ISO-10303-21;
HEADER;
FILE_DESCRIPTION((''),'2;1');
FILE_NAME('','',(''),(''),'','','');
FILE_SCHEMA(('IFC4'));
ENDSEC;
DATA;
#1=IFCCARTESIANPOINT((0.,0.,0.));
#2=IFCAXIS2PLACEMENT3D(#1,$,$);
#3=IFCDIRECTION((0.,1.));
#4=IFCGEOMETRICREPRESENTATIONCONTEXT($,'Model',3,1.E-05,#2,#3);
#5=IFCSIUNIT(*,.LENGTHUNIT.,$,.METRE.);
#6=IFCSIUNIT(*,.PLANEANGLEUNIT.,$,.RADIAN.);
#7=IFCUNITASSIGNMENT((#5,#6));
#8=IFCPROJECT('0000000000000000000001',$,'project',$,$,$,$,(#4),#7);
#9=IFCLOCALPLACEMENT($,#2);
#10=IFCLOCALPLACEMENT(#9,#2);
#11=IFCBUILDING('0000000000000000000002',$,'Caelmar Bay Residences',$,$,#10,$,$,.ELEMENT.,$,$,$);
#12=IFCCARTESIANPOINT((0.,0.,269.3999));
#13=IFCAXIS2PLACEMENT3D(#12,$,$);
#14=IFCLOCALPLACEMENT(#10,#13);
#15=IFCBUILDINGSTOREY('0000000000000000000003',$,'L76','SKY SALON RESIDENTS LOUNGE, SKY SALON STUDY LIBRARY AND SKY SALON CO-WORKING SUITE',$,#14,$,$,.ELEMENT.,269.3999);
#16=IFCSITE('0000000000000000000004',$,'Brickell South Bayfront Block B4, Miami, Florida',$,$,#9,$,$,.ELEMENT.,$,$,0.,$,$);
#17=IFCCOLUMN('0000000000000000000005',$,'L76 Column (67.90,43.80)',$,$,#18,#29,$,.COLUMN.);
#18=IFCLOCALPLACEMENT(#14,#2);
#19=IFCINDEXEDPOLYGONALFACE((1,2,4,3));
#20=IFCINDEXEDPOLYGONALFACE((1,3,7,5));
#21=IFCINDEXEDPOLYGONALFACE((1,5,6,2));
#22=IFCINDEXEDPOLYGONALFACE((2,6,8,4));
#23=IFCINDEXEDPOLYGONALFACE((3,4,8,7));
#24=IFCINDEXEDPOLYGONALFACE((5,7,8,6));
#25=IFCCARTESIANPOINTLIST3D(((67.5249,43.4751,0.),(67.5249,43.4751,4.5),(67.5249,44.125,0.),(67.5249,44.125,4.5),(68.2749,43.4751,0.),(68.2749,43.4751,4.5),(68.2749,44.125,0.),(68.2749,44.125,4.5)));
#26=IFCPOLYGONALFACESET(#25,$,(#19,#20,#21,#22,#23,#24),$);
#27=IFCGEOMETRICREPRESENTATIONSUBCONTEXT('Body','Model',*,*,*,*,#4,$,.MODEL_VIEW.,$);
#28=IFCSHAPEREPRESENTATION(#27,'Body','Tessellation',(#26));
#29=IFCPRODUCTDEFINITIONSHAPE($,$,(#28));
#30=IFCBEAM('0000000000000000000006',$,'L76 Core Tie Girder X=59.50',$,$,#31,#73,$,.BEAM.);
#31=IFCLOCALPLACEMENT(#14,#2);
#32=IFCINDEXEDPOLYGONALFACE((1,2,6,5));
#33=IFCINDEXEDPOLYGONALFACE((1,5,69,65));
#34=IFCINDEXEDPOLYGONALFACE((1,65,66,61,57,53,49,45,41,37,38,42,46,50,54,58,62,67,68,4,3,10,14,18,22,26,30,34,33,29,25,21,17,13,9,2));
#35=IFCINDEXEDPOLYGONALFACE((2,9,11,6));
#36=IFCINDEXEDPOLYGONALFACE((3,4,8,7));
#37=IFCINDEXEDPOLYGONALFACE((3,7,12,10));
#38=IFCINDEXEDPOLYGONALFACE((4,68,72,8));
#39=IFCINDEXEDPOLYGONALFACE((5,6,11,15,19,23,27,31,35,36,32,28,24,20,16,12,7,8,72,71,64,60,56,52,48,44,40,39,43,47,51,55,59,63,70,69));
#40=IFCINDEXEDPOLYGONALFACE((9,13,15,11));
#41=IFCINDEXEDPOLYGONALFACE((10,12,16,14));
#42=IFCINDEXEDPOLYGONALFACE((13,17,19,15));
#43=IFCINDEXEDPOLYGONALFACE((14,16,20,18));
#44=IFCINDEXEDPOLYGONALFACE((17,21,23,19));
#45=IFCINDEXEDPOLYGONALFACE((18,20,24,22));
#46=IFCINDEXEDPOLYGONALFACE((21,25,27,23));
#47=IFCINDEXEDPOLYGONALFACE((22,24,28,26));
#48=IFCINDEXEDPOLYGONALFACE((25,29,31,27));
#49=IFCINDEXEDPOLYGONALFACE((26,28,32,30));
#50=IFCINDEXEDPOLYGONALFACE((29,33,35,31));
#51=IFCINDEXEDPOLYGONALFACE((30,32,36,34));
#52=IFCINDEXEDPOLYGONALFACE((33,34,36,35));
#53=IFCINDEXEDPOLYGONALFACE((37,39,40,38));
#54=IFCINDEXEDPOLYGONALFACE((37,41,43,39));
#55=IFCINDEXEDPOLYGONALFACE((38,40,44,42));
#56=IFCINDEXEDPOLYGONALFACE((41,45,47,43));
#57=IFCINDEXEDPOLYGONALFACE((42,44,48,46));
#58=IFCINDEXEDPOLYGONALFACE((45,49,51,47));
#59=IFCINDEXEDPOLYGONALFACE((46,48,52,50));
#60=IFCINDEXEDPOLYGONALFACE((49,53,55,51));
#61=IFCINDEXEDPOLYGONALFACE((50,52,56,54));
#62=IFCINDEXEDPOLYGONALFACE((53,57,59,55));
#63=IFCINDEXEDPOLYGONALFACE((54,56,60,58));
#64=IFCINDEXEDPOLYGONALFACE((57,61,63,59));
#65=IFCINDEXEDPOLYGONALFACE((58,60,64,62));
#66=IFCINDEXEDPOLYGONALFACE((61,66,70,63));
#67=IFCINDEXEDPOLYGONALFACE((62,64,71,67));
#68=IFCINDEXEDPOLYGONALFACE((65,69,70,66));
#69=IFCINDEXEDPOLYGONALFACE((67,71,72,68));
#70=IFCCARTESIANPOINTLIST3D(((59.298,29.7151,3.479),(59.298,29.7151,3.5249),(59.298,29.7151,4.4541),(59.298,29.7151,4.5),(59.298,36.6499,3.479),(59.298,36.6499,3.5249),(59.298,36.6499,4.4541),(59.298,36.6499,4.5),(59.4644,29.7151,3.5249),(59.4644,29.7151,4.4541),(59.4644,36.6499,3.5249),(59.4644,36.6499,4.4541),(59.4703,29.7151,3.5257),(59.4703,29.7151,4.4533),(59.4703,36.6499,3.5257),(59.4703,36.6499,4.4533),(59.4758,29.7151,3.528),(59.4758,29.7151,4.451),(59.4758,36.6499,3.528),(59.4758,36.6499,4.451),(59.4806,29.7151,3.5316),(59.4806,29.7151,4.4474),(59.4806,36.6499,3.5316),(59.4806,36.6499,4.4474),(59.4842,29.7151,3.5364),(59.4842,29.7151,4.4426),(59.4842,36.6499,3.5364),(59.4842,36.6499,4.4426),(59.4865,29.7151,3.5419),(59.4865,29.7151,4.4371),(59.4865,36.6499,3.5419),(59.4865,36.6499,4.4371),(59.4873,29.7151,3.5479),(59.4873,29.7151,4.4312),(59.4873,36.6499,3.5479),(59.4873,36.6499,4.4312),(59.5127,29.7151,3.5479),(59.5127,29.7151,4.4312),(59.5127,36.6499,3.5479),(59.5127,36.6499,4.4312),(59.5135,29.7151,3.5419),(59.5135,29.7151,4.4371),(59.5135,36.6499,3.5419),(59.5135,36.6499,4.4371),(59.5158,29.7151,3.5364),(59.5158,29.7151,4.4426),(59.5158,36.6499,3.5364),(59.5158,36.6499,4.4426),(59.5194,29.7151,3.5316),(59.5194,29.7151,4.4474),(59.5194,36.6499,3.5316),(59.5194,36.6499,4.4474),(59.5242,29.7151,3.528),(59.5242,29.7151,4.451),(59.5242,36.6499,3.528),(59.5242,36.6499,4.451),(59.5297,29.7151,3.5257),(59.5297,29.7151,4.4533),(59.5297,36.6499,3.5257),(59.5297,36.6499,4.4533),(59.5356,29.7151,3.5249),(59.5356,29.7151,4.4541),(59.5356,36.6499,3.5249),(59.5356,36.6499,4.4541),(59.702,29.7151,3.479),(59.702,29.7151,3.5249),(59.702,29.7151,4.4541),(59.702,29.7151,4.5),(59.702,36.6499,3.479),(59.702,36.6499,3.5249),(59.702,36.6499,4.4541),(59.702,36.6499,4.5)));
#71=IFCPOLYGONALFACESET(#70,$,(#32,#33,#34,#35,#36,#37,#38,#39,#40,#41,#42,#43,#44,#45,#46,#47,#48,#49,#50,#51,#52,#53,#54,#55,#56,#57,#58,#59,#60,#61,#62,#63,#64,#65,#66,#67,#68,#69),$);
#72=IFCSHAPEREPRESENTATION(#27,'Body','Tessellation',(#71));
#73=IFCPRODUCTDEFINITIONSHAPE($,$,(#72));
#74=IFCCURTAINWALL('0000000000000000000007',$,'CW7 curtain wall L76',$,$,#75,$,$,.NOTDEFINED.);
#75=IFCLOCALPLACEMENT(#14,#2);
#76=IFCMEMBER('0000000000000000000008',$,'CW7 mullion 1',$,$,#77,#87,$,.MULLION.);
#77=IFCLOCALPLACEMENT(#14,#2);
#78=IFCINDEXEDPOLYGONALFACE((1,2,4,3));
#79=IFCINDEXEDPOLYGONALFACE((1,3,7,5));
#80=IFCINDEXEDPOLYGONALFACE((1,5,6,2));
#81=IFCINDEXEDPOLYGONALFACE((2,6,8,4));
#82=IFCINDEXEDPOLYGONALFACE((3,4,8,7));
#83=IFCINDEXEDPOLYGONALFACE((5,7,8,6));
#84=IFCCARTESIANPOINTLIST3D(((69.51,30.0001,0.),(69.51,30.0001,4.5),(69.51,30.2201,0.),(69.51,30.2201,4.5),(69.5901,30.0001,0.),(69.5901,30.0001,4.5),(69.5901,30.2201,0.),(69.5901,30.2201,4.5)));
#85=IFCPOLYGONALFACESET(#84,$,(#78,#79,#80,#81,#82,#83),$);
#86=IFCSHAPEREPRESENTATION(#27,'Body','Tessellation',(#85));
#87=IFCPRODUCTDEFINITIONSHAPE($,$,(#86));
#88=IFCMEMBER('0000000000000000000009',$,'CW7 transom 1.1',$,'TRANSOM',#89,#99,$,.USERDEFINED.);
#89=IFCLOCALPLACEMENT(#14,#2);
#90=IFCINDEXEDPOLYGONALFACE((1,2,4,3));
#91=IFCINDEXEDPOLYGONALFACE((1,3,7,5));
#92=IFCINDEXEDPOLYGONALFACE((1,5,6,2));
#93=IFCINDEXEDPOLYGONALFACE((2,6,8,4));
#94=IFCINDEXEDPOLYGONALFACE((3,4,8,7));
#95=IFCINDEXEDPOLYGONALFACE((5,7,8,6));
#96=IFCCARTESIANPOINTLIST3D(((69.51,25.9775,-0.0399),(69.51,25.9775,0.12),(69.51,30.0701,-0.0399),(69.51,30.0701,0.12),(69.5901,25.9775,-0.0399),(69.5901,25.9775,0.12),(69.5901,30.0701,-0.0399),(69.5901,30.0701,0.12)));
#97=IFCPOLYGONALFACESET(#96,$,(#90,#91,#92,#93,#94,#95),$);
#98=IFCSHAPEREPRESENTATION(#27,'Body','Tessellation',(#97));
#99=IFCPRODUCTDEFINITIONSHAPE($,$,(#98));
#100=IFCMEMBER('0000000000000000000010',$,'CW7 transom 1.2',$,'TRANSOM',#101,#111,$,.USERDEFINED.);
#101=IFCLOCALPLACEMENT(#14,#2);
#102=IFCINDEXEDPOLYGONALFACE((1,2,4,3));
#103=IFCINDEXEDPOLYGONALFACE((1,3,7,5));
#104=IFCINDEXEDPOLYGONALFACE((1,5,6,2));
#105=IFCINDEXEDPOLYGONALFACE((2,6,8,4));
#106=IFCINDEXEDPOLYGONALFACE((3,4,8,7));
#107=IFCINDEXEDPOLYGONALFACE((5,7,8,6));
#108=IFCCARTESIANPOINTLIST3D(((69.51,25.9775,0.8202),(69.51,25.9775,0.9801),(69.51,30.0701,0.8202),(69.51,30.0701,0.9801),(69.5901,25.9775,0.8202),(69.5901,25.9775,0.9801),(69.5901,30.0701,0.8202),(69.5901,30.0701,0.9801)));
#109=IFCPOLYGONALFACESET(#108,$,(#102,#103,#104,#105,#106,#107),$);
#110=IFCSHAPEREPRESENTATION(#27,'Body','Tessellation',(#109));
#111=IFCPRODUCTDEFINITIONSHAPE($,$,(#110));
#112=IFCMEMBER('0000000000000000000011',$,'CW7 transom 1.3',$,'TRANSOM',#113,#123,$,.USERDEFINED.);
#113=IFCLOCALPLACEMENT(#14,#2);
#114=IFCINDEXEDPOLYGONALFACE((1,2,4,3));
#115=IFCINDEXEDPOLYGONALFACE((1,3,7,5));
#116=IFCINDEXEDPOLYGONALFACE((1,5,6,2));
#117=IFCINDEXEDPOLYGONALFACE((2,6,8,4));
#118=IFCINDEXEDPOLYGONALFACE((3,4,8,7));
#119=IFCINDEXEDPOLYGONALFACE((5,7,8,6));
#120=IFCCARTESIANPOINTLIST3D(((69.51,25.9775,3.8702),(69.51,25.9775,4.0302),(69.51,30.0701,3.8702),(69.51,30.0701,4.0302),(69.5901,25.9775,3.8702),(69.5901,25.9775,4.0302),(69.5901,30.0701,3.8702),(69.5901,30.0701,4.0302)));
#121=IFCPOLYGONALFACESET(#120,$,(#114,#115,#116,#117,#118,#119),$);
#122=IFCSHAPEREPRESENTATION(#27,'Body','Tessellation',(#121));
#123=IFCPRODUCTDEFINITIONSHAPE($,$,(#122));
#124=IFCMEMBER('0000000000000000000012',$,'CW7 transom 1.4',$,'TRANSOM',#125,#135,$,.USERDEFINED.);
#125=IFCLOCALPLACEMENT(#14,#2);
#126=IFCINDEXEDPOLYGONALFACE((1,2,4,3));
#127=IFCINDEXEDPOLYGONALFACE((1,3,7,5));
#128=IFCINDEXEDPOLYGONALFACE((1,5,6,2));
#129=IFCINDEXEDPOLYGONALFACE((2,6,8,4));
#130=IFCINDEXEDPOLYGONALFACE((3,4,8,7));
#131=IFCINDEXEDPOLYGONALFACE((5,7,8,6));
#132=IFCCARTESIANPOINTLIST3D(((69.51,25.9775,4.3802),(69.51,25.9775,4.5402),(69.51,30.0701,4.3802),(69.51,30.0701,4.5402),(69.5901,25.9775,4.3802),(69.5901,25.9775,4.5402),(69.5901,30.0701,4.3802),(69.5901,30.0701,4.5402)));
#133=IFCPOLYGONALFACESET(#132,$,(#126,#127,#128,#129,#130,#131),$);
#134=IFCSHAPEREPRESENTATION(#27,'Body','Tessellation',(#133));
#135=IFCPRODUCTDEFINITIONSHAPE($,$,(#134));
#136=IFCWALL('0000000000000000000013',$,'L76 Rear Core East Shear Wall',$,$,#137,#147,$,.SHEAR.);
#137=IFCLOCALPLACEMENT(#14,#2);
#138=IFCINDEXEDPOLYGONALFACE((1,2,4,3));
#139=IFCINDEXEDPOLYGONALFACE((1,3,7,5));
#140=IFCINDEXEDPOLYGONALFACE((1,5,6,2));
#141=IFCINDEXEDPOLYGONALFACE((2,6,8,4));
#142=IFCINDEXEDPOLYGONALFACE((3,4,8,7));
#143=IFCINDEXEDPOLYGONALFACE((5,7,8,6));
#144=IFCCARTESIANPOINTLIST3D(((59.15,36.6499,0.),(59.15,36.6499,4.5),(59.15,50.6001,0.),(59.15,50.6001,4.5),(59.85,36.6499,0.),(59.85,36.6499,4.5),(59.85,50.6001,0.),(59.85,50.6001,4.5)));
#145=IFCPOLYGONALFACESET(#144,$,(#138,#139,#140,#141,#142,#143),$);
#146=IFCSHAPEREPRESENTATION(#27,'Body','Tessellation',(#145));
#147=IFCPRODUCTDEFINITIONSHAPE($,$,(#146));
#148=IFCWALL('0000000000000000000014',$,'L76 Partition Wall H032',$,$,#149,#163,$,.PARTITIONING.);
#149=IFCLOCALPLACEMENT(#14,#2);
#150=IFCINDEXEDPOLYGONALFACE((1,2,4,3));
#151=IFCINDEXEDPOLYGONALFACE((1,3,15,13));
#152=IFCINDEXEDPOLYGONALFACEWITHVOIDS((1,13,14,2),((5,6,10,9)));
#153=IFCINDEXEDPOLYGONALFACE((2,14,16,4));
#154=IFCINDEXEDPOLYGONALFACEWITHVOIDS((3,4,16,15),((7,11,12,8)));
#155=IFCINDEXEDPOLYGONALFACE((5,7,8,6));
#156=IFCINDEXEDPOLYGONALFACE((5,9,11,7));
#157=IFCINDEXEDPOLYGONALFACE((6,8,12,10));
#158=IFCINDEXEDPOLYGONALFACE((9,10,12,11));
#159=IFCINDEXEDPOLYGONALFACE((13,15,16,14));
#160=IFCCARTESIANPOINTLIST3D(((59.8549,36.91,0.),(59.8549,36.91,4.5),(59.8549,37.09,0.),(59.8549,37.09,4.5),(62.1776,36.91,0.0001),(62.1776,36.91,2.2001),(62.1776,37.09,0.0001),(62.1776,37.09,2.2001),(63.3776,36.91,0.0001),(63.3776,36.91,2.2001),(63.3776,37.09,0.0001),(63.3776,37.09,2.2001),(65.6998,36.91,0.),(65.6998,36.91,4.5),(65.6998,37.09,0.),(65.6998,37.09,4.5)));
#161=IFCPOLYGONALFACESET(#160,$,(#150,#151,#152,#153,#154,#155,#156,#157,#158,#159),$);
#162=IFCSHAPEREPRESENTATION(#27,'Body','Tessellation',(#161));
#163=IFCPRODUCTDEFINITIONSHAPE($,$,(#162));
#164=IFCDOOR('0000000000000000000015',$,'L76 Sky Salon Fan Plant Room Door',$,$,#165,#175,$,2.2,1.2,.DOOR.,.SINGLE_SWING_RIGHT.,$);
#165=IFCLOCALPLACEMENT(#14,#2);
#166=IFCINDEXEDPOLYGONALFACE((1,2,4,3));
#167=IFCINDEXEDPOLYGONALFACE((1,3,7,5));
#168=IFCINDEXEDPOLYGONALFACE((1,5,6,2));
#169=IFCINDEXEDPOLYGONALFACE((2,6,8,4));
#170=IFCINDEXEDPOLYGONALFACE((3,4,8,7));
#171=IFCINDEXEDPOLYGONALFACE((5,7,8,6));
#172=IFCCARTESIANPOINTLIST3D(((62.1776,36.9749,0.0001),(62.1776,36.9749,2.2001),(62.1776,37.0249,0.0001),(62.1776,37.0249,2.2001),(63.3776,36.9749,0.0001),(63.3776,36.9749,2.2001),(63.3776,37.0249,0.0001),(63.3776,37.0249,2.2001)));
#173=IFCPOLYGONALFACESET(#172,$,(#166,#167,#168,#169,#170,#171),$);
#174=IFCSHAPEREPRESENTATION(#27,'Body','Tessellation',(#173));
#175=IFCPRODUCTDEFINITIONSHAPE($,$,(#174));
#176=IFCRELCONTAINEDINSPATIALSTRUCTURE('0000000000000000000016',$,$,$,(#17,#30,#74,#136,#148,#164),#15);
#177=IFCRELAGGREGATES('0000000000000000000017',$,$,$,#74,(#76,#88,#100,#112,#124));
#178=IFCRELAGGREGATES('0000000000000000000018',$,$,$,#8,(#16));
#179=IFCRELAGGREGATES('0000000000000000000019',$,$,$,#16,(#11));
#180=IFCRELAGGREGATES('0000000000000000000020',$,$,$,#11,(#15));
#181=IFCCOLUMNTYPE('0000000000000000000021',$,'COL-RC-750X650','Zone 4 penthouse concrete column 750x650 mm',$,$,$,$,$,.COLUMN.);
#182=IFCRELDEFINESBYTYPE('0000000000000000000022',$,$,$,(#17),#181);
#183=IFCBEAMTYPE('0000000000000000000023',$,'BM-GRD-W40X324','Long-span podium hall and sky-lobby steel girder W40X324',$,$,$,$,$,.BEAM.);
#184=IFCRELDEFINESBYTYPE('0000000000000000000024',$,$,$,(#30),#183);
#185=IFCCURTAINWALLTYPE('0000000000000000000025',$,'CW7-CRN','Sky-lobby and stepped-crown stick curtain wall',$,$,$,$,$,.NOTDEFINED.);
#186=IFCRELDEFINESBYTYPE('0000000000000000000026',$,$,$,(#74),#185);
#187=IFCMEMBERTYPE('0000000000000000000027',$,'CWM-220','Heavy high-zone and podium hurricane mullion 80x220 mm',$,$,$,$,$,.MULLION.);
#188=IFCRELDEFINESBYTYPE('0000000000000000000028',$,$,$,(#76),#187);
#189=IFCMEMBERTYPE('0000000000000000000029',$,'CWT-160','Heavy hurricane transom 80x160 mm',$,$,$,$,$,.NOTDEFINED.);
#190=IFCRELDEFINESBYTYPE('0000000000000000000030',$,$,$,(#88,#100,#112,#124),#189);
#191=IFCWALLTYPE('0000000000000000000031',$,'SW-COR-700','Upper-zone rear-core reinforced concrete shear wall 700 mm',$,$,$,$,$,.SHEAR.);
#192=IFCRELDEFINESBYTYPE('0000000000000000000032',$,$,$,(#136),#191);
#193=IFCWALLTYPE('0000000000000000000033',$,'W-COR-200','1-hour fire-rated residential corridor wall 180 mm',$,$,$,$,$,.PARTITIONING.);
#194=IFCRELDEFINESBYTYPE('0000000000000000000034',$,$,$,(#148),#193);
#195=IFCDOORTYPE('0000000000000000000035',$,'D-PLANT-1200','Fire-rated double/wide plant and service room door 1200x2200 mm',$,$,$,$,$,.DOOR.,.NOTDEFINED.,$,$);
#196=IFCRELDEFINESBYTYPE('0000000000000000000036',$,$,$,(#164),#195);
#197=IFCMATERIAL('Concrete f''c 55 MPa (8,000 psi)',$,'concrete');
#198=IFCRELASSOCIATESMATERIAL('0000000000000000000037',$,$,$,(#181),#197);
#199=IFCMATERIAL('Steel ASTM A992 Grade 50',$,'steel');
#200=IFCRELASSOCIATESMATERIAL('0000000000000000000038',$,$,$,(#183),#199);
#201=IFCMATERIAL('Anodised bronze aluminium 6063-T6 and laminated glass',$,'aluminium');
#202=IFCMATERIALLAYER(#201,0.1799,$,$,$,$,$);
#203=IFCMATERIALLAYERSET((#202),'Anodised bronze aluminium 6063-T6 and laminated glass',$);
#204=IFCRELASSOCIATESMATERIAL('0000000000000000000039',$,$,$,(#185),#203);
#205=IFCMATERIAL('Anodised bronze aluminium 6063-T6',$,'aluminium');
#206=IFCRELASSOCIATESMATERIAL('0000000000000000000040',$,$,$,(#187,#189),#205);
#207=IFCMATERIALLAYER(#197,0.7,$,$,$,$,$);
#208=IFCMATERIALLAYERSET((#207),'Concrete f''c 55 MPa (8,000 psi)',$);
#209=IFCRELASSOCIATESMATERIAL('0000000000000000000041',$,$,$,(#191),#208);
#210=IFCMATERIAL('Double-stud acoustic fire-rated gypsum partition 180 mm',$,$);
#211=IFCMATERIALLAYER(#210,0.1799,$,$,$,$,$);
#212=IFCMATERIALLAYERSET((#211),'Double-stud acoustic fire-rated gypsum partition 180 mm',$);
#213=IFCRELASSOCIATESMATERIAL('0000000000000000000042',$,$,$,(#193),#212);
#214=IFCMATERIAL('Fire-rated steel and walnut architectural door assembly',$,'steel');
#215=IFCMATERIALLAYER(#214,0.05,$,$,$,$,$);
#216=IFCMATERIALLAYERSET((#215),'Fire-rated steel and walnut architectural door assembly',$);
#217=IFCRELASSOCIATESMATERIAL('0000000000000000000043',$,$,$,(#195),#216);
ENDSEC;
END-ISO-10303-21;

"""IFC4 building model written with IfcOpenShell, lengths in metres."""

from ifc_helpers import new_model, si_unit, direction, frame, frame_2d, origin, origin_2d, place, context, subcontext, project, spatial, rectangle, i_section, extrude, material, layer, layer_set, material_profile, profile_set, type_object, element, fill, aggregate, save


model = new_model("IFC4")

# Units and contexts
model_context = context("Model", 3, precision=1e-05, world=origin(), true_north=direction((0.0, 1.0)))
body_context = subcontext(model_context, "Body", "Model", "MODEL_VIEW")
ifc_project = project(units=[si_unit("LENGTHUNIT", "METRE"), si_unit("PLANEANGLEUNIT", "RADIAN")], contexts=[model_context])

# Site, building, storey
site_placement = place(None, origin())
site = spatial("IfcSite", under=ifc_project, at=site_placement, Name="Brickell South Bayfront Block B4, Miami, Florida", CompositionType="ELEMENT", RefElevation=0.0)
building_placement = place(site_placement, origin())
building = spatial("IfcBuilding", under=site, at=building_placement, Name="Caelmar Bay Residences", CompositionType="ELEMENT")
storey_placement = place(building_placement, frame((0.0, 0.0, 269.3999)))
storey = spatial("IfcBuildingStorey", under=building, at=storey_placement, Name="L76", Description="SKY SALON RESIDENTS LOUNGE, SKY SALON STUDY LIBRARY AND SKY SALON CO-WORKING SUITE", CompositionType="ELEMENT", Elevation=269.3999)

# Column
ifc_material_1 = material(Name="Concrete f'c 55 MPa (8,000 psi)", Category="concrete")
ifc_material_profile_1 = material_profile(ifc_material_1, rectangle(XDim=0.75, YDim=0.6499, at=origin_2d()), Name="RC-COL-750X650")
ifc_profile_set_1 = profile_set([ifc_material_profile_1], Name="Concrete f'c 55 MPa (8,000 psi)")
column_type = type_object("IfcColumnType", Name="COL-RC-750X650", Description="Zone 4 penthouse concrete column 750x650 mm", PredefinedType="COLUMN", material=ifc_profile_set_1)
column_placement = place(storey_placement, frame((67.8999, 43.8, 0.0), z_axis=(0.0, 0.0, 1.0), x_axis=(1.0, 0.0, 0.0)))
element("IfcColumn", 1, at=column_placement, inside=storey, type_object=column_type, Name="L76 Column (67.90,43.80)", PredefinedType="COLUMN", context=body_context, shape_type="SweptSolid", body=[
    extrude(rectangle(XDim=0.75, YDim=0.6499, at=origin_2d()), origin(), (0.0, 0.0, 1.0), 4.5),
])

# Beam
ifc_material_2 = material(Name="Steel ASTM A992 Grade 50", Category="steel")
ifc_material_profile_2 = material_profile(ifc_material_2, i_section(OverallWidth=0.4041, OverallDepth=1.021, WebThickness=0.0254, FlangeThickness=0.0459, FilletRadius=0.0229, at=origin_2d()), Name="W40X324")
ifc_profile_set_2 = profile_set([ifc_material_profile_2], Name="Steel ASTM A992 Grade 50")
beam_type = type_object("IfcBeamType", Name="BM-GRD-W40X324", Description="Long-span podium hall and sky-lobby steel girder W40X324", PredefinedType="BEAM", material=ifc_profile_set_2)
beam_placement = place(storey_placement, frame((59.5, 29.7151, 3.9895), z_axis=(0.0, 1.0, 0.0), x_axis=(-1.0, 0.0, 0.0)))
element("IfcBeam", 2, at=beam_placement, inside=storey, type_object=beam_type, Name="L76 Core Tie Girder X=59.50", PredefinedType="BEAM", context=body_context, shape_type="SweptSolid", body=[
    extrude(i_section(OverallWidth=0.4041, OverallDepth=1.021, WebThickness=0.0254, FlangeThickness=0.0459, FilletRadius=0.0229, at=origin_2d()), origin(), (0.0, 0.0, 1.0), 6.9348),
])

# Curtain wall, members
ifc_material_3 = material(Name="Anodised bronze aluminium 6063-T6 and laminated glass", Category="aluminium")
ifc_layer_1 = layer(ifc_material_3, 0.1799)
ifc_layer_set_1 = layer_set([ifc_layer_1], Name="Anodised bronze aluminium 6063-T6 and laminated glass")
curtain_wall_type = type_object("IfcCurtainWallType", Name="CW7-CRN", Description="Sky-lobby and stepped-crown stick curtain wall", PredefinedType="NOTDEFINED", material=ifc_layer_set_1)
curtain_wall_placement = place(storey_placement, origin())
curtain_wall = element("IfcCurtainWall", 3, at=curtain_wall_placement, inside=storey, type_object=curtain_wall_type, Name="CW7 curtain wall L76", PredefinedType="NOTDEFINED")
ifc_material_4 = material(Name="Anodised bronze aluminium 6063-T6", Category="aluminium")
ifc_material_profile_3 = material_profile(ifc_material_4, rectangle(XDim=0.0801, YDim=0.22, at=origin_2d()), Name="CWM-80X220")
ifc_profile_set_3 = profile_set([ifc_material_profile_3], Name="Anodised bronze aluminium 6063-T6")
member_type_1 = type_object("IfcMemberType", Name="CWM-220", Description="Heavy high-zone and podium hurricane mullion 80x220 mm", PredefinedType="MULLION", material=ifc_profile_set_3)
member_1_placement = place(storey_placement, frame((69.55, 30.1101, 0.0), z_axis=(0.0, 0.0, 1.0), x_axis=(1.0, 0.0, 0.0)))
member_1 = element("IfcMember", 4, at=member_1_placement, type_object=member_type_1, Name="CW7 mullion 1", PredefinedType="MULLION", context=body_context, shape_type="SweptSolid", body=[
    extrude(rectangle(XDim=0.0801, YDim=0.22, at=origin_2d()), origin(), (0.0, 0.0, 1.0), 4.5),
])
ifc_material_profile_4 = material_profile(ifc_material_4, rectangle(XDim=0.0801, YDim=0.1599, at=origin_2d()), Name="CWT-80X160")
ifc_profile_set_4 = profile_set([ifc_material_profile_4], Name="Anodised bronze aluminium 6063-T6")
member_type_2 = type_object("IfcMemberType", Name="CWT-160", Description="Heavy hurricane transom 80x160 mm", PredefinedType="NOTDEFINED", material=ifc_profile_set_4)
member_2_placement = place(storey_placement, frame((69.55, 30.0701, 0.04), z_axis=(0.0, -1.0, 0.0), x_axis=(1.0, 0.0, 0.0)))
member_2 = element("IfcMember", 5, at=member_2_placement, type_object=member_type_2, Name="CW7 transom 1.1", ObjectType="TRANSOM", PredefinedType="USERDEFINED", context=body_context, shape_type="SweptSolid", body=[
    extrude(rectangle(XDim=0.0801, YDim=0.1599, at=origin_2d()), origin(), (0.0, 0.0, 1.0), 4.0925),
])
member_3_placement = place(storey_placement, frame((69.55, 30.0701, 0.9001), z_axis=(0.0, -1.0, 0.0), x_axis=(1.0, 0.0, 0.0)))
member_3 = element("IfcMember", 6, at=member_3_placement, type_object=member_type_2, Name="CW7 transom 1.2", ObjectType="TRANSOM", PredefinedType="USERDEFINED", context=body_context, shape_type="SweptSolid", body=[
    extrude(rectangle(XDim=0.0801, YDim=0.1599, at=origin_2d()), origin(), (0.0, 0.0, 1.0), 4.0925),
])
member_4_placement = place(storey_placement, frame((69.55, 30.0701, 3.9502), z_axis=(0.0, -1.0, 0.0), x_axis=(1.0, 0.0, 0.0)))
member_4 = element("IfcMember", 7, at=member_4_placement, type_object=member_type_2, Name="CW7 transom 1.3", ObjectType="TRANSOM", PredefinedType="USERDEFINED", context=body_context, shape_type="SweptSolid", body=[
    extrude(rectangle(XDim=0.0801, YDim=0.1599, at=origin_2d()), origin(), (0.0, 0.0, 1.0), 4.0925),
])
member_5_placement = place(storey_placement, frame((69.55, 30.0701, 4.4602), z_axis=(0.0, -1.0, 0.0), x_axis=(1.0, 0.0, 0.0)))
member_5 = element("IfcMember", 8, at=member_5_placement, type_object=member_type_2, Name="CW7 transom 1.4", ObjectType="TRANSOM", PredefinedType="USERDEFINED", context=body_context, shape_type="SweptSolid", body=[
    extrude(rectangle(XDim=0.0801, YDim=0.1599, at=origin_2d()), origin(), (0.0, 0.0, 1.0), 4.0925),
])
aggregate(curtain_wall, [member_1, member_2, member_3, member_4, member_5])

# Wall
ifc_layer_2 = layer(ifc_material_1, 0.7)
ifc_layer_set_2 = layer_set([ifc_layer_2], Name="Concrete f'c 55 MPa (8,000 psi)")
wall_type_1 = type_object("IfcWallType", Name="SW-COR-700", Description="Upper-zone rear-core reinforced concrete shear wall 700 mm", PredefinedType="SHEAR", material=ifc_layer_set_2)
wall_1_placement = place(storey_placement, frame((59.5, 36.6499, 0.0), z_axis=(0.0, 0.0, 1.0), x_axis=(0.0, 1.0, 0.0)))
element("IfcWall", 9, at=wall_1_placement, inside=storey, type_object=wall_type_1, Name="L76 Rear Core East Shear Wall", PredefinedType="SHEAR", context=body_context, shape_type="SweptSolid", body=[
    extrude(rectangle(XDim=13.9502, YDim=0.7, at=frame_2d((6.9751, 0.0))), origin(), (0.0, 0.0, 1.0), 4.5),
])

# Wall, opening, door
ifc_material_5 = material(Name="Double-stud acoustic fire-rated gypsum partition 180 mm")
ifc_layer_3 = layer(ifc_material_5, 0.1799)
ifc_layer_set_3 = layer_set([ifc_layer_3], Name="Double-stud acoustic fire-rated gypsum partition 180 mm")
wall_type_2 = type_object("IfcWallType", Name="W-COR-200", Description="1-hour fire-rated residential corridor wall 180 mm", PredefinedType="PARTITIONING", material=ifc_layer_set_3)
wall_2_placement = place(storey_placement, frame((59.855, 37.0, 0.0), z_axis=(0.0, 0.0, 1.0), x_axis=(1.0, 0.0, 0.0)))
wall_2 = element("IfcWall", 10, at=wall_2_placement, inside=storey, type_object=wall_type_2, Name="L76 Partition Wall H032", PredefinedType="PARTITIONING", context=body_context, shape_type="SweptSolid", body=[
    extrude(rectangle(XDim=5.845, YDim=0.1799, at=frame_2d((2.9224, 0.0))), origin(), (0.0, 0.0, 1.0), 4.5),
])
opening_1_placement = place(wall_2_placement, frame((2.3225, 0.0, 0.0)))
opening_1 = element("IfcOpeningElement", 11, at=opening_1_placement, cuts=wall_2, PredefinedType="OPENING", context=body_context, shape_type="SweptSolid", body=[
    extrude(rectangle(XDim=1.2, YDim=2.2, at=frame_2d((0.6001, 1.1001))), frame((0.0, 0.0999, 0.0), z_axis=(0.0, -1.0, 0.0), x_axis=(1.0, 0.0, 0.0)), (0.0, 0.0, 1.0), 0.2),
])
ifc_material_6 = material(Name="Fire-rated steel and walnut architectural door assembly", Category="steel")
ifc_layer_4 = layer(ifc_material_6, 0.05)
ifc_layer_set_4 = layer_set([ifc_layer_4], Name="Fire-rated steel and walnut architectural door assembly")
door_type_1 = type_object("IfcDoorType", Name="D-PLANT-1200", Description="Fire-rated double/wide plant and service room door 1200x2200 mm", OperationType="NOTDEFINED", PredefinedType="DOOR", material=ifc_layer_set_4)
door_1_placement = place(opening_1_placement, origin())
door_1 = element("IfcDoor", 12, at=door_1_placement, inside=storey, type_object=door_type_1, Name="L76 Sky Salon Fan Plant Room Door", OperationType="SINGLE_SWING_RIGHT", OverallHeight=2.2, OverallWidth=1.2, PredefinedType="DOOR", context=body_context, shape_type="SweptSolid", body=[
    extrude(rectangle(XDim=1.2, YDim=2.2, at=frame_2d((0.6001, 1.1001))), frame((0.0, 0.0249, 0.0), z_axis=(0.0, -1.0, 0.0), x_axis=(1.0, 0.0, 0.0)), (0.0, 0.0, 1.0), 0.05),
])
fill(opening_1, door_1)

save(model, "model.ifc")
